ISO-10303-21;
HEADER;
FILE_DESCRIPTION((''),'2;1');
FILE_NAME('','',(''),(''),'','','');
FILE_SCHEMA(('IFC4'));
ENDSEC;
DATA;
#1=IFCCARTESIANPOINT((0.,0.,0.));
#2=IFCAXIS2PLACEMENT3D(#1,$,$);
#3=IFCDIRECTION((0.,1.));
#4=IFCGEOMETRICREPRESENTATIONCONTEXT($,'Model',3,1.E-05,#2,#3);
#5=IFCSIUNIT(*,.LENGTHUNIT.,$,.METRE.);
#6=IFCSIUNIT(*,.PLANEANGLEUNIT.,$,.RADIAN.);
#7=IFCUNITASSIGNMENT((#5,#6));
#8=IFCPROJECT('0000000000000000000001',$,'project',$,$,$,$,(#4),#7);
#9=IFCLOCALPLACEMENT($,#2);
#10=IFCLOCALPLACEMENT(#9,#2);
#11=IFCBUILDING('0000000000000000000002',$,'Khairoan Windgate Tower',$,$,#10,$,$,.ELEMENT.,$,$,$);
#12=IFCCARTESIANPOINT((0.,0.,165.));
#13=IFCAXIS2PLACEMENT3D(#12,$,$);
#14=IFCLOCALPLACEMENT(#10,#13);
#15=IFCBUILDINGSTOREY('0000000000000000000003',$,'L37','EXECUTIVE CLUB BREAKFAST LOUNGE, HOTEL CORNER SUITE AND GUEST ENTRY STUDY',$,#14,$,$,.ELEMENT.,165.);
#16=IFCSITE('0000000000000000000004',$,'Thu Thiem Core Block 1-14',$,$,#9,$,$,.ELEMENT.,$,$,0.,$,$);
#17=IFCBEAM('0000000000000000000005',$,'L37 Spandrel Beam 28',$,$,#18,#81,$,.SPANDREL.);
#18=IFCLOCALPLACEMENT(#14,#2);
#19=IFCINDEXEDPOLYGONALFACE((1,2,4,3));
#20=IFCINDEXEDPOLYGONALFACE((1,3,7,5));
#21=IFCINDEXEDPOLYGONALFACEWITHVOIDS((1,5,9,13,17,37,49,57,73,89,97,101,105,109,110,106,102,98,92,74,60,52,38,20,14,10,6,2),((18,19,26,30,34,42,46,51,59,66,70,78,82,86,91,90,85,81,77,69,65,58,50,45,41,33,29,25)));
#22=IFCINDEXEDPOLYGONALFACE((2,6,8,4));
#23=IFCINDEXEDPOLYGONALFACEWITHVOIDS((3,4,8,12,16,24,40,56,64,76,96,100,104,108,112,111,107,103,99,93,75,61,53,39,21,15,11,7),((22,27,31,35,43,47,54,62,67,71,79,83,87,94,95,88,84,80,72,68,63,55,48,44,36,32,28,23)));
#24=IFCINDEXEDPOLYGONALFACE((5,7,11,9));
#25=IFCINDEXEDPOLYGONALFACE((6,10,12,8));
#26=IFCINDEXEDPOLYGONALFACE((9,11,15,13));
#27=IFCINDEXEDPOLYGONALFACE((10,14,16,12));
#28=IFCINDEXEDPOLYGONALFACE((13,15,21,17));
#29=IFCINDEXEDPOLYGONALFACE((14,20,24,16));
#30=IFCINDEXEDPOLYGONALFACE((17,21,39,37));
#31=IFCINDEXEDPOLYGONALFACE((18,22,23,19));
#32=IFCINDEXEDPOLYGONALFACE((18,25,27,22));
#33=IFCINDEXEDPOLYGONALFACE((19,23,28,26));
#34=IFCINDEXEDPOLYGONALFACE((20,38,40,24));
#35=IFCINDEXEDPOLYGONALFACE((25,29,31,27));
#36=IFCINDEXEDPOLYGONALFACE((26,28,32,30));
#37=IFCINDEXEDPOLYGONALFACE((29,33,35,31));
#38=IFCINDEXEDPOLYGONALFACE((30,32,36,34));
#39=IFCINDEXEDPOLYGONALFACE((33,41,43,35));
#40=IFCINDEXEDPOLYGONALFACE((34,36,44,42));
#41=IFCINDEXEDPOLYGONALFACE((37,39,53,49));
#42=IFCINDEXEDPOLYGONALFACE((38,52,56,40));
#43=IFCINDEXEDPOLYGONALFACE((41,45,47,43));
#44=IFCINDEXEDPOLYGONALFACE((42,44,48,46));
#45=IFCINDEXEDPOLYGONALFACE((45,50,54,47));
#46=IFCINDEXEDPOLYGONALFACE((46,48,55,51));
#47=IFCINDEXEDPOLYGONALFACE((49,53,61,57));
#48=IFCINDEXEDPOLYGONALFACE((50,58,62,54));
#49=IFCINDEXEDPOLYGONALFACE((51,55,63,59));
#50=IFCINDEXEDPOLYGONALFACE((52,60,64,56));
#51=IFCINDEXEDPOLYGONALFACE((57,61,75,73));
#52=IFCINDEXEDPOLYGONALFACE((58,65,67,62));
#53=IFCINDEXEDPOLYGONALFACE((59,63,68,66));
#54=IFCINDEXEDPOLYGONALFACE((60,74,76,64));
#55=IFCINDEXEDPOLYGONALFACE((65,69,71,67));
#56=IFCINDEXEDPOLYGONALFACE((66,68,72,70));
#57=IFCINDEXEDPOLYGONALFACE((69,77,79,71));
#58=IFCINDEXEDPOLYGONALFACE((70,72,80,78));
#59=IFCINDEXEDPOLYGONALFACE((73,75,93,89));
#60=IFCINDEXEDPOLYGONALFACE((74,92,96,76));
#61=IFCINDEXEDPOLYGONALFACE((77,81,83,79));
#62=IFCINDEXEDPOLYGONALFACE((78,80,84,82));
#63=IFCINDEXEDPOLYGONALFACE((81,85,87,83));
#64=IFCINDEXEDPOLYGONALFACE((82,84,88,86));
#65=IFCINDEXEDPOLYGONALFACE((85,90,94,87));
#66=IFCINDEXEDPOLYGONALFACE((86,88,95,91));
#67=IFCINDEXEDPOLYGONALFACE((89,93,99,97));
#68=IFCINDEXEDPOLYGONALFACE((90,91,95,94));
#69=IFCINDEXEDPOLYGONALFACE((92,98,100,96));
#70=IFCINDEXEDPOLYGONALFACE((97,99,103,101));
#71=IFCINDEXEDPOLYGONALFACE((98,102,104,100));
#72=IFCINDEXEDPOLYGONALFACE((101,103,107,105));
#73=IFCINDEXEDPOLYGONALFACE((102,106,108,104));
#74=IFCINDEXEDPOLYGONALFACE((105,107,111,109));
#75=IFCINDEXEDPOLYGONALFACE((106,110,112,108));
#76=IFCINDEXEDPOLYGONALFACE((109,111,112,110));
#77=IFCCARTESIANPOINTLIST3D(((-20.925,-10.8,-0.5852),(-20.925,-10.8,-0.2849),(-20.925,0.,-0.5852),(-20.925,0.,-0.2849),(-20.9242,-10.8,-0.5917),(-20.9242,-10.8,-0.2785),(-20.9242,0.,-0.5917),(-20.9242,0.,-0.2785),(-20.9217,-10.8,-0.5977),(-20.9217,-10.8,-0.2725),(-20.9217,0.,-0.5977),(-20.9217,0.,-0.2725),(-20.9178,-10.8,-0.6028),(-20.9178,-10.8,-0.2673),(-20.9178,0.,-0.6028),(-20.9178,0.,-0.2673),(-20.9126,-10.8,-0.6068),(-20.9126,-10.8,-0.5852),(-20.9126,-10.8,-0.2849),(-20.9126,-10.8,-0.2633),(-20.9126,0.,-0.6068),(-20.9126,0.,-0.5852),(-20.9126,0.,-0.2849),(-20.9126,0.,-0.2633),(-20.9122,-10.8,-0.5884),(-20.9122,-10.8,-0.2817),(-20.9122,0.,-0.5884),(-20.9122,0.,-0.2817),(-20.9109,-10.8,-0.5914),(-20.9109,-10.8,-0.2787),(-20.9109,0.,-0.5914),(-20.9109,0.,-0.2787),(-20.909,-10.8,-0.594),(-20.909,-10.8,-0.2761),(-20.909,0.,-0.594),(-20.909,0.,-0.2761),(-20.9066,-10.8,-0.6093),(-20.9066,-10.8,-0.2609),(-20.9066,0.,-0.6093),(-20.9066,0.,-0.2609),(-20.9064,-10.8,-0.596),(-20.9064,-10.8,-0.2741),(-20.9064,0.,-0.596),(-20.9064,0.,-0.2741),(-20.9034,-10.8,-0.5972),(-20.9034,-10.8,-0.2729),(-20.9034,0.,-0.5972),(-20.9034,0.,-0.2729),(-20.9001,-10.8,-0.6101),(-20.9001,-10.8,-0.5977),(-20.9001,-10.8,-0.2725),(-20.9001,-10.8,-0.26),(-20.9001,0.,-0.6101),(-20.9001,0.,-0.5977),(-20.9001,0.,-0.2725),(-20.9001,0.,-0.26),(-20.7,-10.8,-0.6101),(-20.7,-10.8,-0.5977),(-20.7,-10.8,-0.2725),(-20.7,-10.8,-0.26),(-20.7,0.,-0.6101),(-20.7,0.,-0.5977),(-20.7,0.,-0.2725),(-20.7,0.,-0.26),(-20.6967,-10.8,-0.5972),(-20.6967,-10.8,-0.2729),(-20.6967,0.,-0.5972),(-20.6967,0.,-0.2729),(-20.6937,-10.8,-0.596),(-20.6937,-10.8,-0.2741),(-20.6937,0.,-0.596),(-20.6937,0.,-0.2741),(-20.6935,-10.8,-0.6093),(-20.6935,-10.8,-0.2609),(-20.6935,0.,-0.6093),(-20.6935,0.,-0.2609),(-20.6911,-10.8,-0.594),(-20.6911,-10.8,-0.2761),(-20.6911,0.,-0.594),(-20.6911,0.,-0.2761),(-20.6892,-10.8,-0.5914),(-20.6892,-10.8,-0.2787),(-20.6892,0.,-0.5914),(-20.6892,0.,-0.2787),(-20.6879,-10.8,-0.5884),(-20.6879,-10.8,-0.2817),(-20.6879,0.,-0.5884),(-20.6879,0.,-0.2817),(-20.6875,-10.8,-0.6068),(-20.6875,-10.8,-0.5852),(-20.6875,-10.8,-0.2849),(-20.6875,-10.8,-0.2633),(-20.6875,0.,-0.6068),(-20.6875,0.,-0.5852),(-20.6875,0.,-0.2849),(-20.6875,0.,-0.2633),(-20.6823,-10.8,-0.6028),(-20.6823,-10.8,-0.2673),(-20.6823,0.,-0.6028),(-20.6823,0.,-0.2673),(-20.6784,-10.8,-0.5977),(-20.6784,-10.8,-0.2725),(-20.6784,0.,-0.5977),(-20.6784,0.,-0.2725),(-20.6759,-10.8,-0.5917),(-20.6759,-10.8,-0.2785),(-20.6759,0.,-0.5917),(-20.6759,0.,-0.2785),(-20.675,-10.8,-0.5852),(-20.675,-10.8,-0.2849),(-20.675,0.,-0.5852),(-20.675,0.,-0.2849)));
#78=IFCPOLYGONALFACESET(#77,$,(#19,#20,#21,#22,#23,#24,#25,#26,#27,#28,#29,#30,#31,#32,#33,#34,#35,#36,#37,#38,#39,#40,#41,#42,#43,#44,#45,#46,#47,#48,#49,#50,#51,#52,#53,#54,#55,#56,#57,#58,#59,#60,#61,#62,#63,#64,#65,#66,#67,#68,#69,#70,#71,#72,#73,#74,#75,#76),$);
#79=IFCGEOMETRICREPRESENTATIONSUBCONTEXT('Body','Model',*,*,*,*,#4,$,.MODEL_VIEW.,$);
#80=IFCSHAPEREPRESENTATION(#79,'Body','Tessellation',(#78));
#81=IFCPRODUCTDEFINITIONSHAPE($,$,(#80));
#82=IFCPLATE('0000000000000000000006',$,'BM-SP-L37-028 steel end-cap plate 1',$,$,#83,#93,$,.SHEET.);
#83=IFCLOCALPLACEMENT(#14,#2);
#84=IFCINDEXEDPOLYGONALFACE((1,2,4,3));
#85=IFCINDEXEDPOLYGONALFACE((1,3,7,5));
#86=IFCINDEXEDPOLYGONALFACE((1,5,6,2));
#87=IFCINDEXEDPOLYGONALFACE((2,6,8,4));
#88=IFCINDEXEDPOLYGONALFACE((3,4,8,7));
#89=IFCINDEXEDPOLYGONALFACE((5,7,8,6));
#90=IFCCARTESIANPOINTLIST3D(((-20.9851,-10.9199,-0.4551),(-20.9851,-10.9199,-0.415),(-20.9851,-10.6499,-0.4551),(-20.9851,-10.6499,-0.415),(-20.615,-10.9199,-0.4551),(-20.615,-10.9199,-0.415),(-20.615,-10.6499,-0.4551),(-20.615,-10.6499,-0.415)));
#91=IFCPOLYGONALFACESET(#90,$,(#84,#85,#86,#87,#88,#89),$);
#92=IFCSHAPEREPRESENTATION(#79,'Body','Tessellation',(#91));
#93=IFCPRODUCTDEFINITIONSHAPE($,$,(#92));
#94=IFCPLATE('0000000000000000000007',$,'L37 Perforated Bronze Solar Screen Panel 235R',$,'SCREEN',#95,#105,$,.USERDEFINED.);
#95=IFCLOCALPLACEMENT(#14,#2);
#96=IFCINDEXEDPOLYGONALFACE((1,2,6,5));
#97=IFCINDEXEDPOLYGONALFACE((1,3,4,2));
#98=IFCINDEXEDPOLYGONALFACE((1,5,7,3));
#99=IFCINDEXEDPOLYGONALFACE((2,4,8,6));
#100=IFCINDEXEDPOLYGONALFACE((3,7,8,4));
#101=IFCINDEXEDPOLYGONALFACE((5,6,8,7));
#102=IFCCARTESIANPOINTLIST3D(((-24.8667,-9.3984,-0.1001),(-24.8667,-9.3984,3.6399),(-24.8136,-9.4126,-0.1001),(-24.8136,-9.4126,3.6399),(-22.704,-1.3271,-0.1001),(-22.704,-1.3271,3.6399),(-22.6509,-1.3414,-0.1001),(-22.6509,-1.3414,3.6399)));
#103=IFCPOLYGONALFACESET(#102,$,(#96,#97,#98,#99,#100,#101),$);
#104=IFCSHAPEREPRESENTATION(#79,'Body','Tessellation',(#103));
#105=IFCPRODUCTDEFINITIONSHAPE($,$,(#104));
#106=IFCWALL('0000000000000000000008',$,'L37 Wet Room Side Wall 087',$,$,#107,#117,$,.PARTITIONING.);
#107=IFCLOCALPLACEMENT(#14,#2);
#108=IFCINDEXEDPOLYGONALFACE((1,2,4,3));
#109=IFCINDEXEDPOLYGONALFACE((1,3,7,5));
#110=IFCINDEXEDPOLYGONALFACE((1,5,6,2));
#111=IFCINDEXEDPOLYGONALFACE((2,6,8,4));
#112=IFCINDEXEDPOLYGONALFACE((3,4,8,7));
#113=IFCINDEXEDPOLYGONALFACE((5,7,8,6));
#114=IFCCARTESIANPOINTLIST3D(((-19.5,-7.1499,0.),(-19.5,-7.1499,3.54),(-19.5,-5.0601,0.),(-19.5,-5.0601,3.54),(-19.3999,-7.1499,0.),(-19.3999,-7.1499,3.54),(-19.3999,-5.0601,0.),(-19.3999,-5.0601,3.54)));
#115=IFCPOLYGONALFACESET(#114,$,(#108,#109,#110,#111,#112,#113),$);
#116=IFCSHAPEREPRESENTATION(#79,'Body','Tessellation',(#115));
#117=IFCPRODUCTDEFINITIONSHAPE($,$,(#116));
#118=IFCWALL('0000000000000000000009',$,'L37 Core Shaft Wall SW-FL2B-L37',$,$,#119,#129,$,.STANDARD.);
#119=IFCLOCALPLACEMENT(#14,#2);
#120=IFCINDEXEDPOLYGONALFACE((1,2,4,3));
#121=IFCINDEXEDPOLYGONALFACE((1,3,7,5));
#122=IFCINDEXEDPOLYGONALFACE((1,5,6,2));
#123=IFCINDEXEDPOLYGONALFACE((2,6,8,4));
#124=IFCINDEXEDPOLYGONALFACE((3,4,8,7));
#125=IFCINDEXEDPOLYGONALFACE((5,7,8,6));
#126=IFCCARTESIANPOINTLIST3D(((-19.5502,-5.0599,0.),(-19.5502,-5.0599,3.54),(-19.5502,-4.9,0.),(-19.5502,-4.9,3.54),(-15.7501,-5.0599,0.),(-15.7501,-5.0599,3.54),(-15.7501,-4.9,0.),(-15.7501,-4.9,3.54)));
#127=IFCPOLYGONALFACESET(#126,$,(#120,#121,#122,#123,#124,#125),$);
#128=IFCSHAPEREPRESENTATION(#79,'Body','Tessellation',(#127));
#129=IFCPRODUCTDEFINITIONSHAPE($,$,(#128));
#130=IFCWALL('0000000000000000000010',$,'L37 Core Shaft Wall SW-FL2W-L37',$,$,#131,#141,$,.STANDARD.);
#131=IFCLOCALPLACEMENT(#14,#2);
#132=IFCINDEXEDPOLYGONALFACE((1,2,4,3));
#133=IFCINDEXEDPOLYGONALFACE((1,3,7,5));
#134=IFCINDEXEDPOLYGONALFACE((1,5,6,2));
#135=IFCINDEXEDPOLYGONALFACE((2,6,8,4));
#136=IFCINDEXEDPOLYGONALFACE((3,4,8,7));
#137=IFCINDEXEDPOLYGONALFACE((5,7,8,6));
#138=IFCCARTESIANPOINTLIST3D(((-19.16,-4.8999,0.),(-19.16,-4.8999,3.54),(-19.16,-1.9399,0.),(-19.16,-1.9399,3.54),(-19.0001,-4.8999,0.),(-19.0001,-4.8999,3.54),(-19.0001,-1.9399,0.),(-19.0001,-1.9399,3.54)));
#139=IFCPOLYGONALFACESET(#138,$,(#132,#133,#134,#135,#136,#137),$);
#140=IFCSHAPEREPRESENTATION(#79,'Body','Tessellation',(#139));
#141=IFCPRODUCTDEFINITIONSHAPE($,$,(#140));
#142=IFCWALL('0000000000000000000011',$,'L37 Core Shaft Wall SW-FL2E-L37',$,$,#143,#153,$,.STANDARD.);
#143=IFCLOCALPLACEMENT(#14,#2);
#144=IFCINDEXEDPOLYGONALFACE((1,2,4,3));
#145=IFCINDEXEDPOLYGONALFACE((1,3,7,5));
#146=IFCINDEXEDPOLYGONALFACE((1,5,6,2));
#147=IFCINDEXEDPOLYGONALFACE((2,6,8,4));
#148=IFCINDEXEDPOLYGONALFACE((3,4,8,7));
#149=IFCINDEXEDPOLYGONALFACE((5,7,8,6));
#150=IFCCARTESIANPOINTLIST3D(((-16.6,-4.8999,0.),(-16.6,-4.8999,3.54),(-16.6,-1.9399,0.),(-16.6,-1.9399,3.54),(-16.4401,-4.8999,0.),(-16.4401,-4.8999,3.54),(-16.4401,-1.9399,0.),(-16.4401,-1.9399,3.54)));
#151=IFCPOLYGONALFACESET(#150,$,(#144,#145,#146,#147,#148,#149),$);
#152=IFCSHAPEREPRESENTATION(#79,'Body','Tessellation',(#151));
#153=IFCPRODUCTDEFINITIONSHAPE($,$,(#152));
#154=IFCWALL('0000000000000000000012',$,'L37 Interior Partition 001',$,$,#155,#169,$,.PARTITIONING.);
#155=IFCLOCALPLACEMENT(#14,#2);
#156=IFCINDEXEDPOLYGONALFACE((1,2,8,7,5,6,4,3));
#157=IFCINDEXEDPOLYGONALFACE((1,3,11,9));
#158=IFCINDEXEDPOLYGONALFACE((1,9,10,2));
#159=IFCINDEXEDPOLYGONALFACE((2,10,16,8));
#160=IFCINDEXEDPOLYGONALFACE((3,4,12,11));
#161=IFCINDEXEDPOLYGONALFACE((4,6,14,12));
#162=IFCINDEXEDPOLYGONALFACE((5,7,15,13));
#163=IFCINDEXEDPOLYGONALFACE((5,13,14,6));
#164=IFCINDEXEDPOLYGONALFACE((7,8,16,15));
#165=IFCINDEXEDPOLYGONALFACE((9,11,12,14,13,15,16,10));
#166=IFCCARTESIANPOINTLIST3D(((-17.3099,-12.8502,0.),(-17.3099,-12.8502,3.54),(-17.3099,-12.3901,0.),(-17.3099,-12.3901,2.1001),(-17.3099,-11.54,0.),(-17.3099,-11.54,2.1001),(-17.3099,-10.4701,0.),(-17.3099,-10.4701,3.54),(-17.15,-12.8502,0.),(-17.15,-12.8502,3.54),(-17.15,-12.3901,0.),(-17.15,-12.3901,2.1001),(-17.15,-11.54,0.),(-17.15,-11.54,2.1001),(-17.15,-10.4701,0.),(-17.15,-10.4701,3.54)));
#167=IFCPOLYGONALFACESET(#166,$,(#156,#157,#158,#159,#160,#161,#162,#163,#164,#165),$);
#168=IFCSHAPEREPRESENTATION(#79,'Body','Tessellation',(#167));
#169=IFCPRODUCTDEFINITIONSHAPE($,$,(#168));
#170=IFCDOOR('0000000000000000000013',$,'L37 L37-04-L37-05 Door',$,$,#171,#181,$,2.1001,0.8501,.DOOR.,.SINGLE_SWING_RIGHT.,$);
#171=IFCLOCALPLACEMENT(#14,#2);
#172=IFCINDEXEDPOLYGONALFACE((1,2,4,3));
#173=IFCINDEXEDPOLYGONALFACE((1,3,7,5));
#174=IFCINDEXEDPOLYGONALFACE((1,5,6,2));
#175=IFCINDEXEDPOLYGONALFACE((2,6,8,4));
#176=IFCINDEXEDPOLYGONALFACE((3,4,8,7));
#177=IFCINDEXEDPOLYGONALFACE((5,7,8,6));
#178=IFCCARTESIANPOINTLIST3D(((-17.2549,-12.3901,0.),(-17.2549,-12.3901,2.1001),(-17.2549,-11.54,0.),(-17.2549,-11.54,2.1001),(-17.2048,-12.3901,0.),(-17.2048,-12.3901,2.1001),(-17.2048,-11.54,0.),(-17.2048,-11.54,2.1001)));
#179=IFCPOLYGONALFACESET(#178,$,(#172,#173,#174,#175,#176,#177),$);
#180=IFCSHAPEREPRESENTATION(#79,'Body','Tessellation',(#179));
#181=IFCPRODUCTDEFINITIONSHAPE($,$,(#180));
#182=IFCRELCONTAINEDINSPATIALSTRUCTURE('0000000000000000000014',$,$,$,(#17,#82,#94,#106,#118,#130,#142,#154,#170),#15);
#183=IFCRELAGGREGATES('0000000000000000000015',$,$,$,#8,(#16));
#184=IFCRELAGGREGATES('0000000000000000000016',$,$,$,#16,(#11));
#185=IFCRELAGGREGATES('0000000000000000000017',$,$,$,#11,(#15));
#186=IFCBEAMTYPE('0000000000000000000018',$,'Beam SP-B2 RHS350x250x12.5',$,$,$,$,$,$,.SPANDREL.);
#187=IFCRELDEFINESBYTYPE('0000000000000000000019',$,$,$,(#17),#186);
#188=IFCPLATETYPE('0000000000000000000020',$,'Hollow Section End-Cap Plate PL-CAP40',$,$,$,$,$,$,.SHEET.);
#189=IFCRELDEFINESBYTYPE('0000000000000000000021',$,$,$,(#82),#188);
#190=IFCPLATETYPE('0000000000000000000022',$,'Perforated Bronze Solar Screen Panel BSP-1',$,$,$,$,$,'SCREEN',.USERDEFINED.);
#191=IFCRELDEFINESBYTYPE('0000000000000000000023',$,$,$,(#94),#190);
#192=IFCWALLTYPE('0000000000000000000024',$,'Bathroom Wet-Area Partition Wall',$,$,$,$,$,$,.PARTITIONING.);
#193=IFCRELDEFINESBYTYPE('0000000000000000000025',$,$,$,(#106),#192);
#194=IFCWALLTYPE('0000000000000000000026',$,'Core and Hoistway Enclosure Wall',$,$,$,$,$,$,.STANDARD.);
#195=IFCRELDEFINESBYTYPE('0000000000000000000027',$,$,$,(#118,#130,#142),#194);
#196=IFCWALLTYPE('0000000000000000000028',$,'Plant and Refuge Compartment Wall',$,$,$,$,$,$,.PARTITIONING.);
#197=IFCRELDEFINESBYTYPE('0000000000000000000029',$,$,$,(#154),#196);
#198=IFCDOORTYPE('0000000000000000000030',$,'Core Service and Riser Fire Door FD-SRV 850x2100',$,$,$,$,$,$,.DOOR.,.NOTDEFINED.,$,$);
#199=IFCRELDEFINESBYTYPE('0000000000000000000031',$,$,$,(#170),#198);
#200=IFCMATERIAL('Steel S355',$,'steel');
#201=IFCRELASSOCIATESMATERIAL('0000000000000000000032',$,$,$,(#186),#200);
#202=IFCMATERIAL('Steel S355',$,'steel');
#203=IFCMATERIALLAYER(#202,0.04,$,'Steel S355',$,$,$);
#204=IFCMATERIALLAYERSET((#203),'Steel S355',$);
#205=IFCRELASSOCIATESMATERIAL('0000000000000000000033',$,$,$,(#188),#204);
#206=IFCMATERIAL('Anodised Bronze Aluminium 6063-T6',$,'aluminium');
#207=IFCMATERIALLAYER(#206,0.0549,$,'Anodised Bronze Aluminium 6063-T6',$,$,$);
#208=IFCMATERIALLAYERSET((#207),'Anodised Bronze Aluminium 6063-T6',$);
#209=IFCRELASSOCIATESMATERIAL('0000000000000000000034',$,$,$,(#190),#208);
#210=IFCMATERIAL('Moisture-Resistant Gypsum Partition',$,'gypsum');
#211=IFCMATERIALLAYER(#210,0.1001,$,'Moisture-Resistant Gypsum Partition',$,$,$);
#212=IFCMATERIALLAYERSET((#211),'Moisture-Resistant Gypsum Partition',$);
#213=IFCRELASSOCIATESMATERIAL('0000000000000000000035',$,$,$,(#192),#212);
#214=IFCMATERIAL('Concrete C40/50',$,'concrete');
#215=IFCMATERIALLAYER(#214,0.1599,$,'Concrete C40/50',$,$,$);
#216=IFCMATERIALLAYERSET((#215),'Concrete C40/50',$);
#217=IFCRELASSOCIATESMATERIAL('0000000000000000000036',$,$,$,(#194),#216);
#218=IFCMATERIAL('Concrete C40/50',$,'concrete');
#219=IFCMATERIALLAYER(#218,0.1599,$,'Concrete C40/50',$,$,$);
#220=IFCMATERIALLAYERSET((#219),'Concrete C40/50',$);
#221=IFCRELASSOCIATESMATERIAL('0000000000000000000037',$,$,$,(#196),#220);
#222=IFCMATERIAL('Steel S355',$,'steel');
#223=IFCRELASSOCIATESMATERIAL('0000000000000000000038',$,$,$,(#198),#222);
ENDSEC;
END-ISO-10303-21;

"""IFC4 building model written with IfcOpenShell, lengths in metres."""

from ifc_helpers import new_model, si_unit, direction, frame, frame_2d, origin, origin_2d, place, context, subcontext, project, spatial, rectangle, hollow_rectangle, extrude, material, layer, layer_set, material_profile, profile_set, type_object, element, fill, save


model = new_model("IFC4")

# Units and contexts
model_context = context("Model", 3, precision=1e-05, world=origin(), true_north=direction((0.0, 1.0)))
body_context = subcontext(model_context, "Body", "Model", "MODEL_VIEW")
ifc_project = project(units=[si_unit("LENGTHUNIT", "METRE"), si_unit("PLANEANGLEUNIT", "RADIAN")], contexts=[model_context])

# Site, building, storey
site_placement = place(None, origin())
site = spatial("IfcSite", under=ifc_project, at=site_placement, Name="Thu Thiem Core Block 1-14", CompositionType="ELEMENT", RefElevation=0.0)
building_placement = place(site_placement, origin())
building = spatial("IfcBuilding", under=site, at=building_placement, Name="Khairoan Windgate Tower", CompositionType="ELEMENT")
storey_placement = place(building_placement, frame((0.0, 0.0, 165.0)))
storey = spatial("IfcBuildingStorey", under=building, at=storey_placement, Name="L37", Description="EXECUTIVE CLUB BREAKFAST LOUNGE, HOTEL CORNER SUITE AND GUEST ENTRY STUDY", CompositionType="ELEMENT", Elevation=165.0)

# Beam
ifc_material_1 = material(Name="Steel S355", Category="steel")
ifc_material_profile_1 = material_profile(ifc_material_1, hollow_rectangle(XDim=0.25, YDim=0.3501, WallThickness=0.0125, InnerFilletRadius=0.0125, OuterFilletRadius=0.0249, at=origin_2d()))
ifc_profile_set_1 = profile_set([ifc_material_profile_1], Name="Steel S355")
beam_type_1 = type_object("IfcBeamType", Name="Beam SP-B2 RHS350x250x12.5", PredefinedType="SPANDREL", material=ifc_profile_set_1)
beam_1_placement = place(storey_placement, frame((-20.8, -10.8, -0.4351), z_axis=(0.0, 1.0, 0.0), x_axis=(-1.0, 0.0, 0.0)))
element("IfcBeam", 1, at=beam_1_placement, inside=storey, type_object=beam_type_1, Name="L37 Spandrel Beam 28", PredefinedType="SPANDREL", context=body_context, shape_type="SweptSolid", body=[
    extrude(hollow_rectangle(XDim=0.25, YDim=0.3501, WallThickness=0.0125, InnerFilletRadius=0.0125, OuterFilletRadius=0.0249, at=origin_2d()), origin(), (0.0, 0.0, 1.0), 10.8),
])

# Plates
ifc_material_2 = material(Name="Steel S355", Category="steel")
ifc_layer_1 = layer(ifc_material_2, 0.04, Name="Steel S355")
ifc_layer_set_1 = layer_set([ifc_layer_1], Name="Steel S355")
plate_type_1 = type_object("IfcPlateType", Name="Hollow Section End-Cap Plate PL-CAP40", PredefinedType="SHEET", material=ifc_layer_set_1)
plate_1_placement = place(storey_placement, frame((-20.8, -10.7849, -0.4551), z_axis=(0.0, 0.0, 1.0), x_axis=(0.0, 1.0, 0.0)))
element("IfcPlate", 2, at=plate_1_placement, inside=storey, type_object=plate_type_1, Name="BM-SP-L37-028 steel end-cap plate 1", PredefinedType="SHEET", context=body_context, shape_type="SweptSolid", body=[
    extrude(rectangle(XDim=0.27, YDim=0.3701, at=origin_2d()), origin(), (0.0, 0.0, 1.0), 0.04),
])
ifc_material_3 = material(Name="Anodised Bronze Aluminium 6063-T6", Category="aluminium")
ifc_layer_2 = layer(ifc_material_3, 0.0549, Name="Anodised Bronze Aluminium 6063-T6")
ifc_layer_set_2 = layer_set([ifc_layer_2], Name="Anodised Bronze Aluminium 6063-T6")
plate_type_2 = type_object("IfcPlateType", Name="Perforated Bronze Solar Screen Panel BSP-1", ElementType="SCREEN", PredefinedType="USERDEFINED", material=ifc_layer_set_2)
plate_2_placement = place(storey_placement, frame((-23.7588, -5.3699, -0.1001), z_axis=(0.0, 0.0, 1.0), x_axis=(0.258819, 0.965926, 0.0)))
element("IfcPlate", 3, at=plate_2_placement, inside=storey, type_object=plate_type_2, Name="L37 Perforated Bronze Solar Screen Panel 235R", ObjectType="SCREEN", PredefinedType="USERDEFINED", context=body_context, shape_type="SweptSolid", body=[
    extrude(rectangle(XDim=8.356, YDim=0.0549, at=origin_2d()), origin(), (0.0, 0.0, 1.0), 3.74),
])

# Walls
ifc_material_4 = material(Name="Moisture-Resistant Gypsum Partition", Category="gypsum")
ifc_layer_3 = layer(ifc_material_4, 0.1001, Name="Moisture-Resistant Gypsum Partition")
ifc_layer_set_3 = layer_set([ifc_layer_3], Name="Moisture-Resistant Gypsum Partition")
wall_type_1 = type_object("IfcWallType", Name="Bathroom Wet-Area Partition Wall", PredefinedType="PARTITIONING", material=ifc_layer_set_3)
wall_1_placement = place(storey_placement, frame((-19.45, -7.1499, 0.0), z_axis=(0.0, 0.0, 1.0), x_axis=(0.0, 1.0, 0.0)))
element("IfcWall", 4, at=wall_1_placement, inside=storey, type_object=wall_type_1, Name="L37 Wet Room Side Wall 087", PredefinedType="PARTITIONING", context=body_context, shape_type="SweptSolid", body=[
    extrude(rectangle(XDim=2.0898, YDim=0.1001, at=frame_2d((1.0449, 0.0))), origin(), (0.0, 0.0, 1.0), 3.54),
])
ifc_material_5 = material(Name="Concrete C40/50", Category="concrete")
ifc_layer_4 = layer(ifc_material_5, 0.1599, Name="Concrete C40/50")
ifc_layer_set_4 = layer_set([ifc_layer_4], Name="Concrete C40/50")
wall_type_2 = type_object("IfcWallType", Name="Core and Hoistway Enclosure Wall", PredefinedType="STANDARD", material=ifc_layer_set_4)
wall_2_placement = place(storey_placement, frame((-19.55, -4.98, 0.0), z_axis=(0.0, 0.0, 1.0), x_axis=(1.0, 0.0, 0.0)))
element("IfcWall", 5, at=wall_2_placement, inside=storey, type_object=wall_type_2, Name="L37 Core Shaft Wall SW-FL2B-L37", PredefinedType="STANDARD", context=body_context, shape_type="SweptSolid", body=[
    extrude(rectangle(XDim=3.8, YDim=0.1599, at=frame_2d((1.8999, 0.0))), origin(), (0.0, 0.0, 1.0), 3.54),
])
for number, where, z_axis, x_axis, name in (
    (6, (-19.0801, -4.8999, 0.0), (0.0, 0.0, 1.0), (0.0, 1.0, 0.0), "L37 Core Shaft Wall SW-FL2W-L37"),
    (7, (-16.52, -4.8999, 0.0), (0.0, 0.0, 1.0), (0.0, 1.0, 0.0), "L37 Core Shaft Wall SW-FL2E-L37"),
):
    element("IfcWall", number, at=place(storey_placement, frame(where, z_axis=z_axis, x_axis=x_axis)), inside=storey, type_object=wall_type_2, Name=name, PredefinedType="STANDARD", context=body_context, shape_type="SweptSolid", body=[
        extrude(rectangle(XDim=2.96, YDim=0.1599, at=frame_2d((1.48, 0.0))), origin(), (0.0, 0.0, 1.0), 3.54),
    ])

# Wall, opening, door
ifc_material_6 = material(Name="Concrete C40/50", Category="concrete")
ifc_layer_5 = layer(ifc_material_6, 0.1599, Name="Concrete C40/50")
ifc_layer_set_5 = layer_set([ifc_layer_5], Name="Concrete C40/50")
wall_type_3 = type_object("IfcWallType", Name="Plant and Refuge Compartment Wall", PredefinedType="PARTITIONING", material=ifc_layer_set_5)
wall_3_placement = place(storey_placement, frame((-17.23, -12.8501, 0.0), z_axis=(0.0, 0.0, 1.0), x_axis=(0.0, 1.0, 0.0)))
wall_3 = element("IfcWall", 8, at=wall_3_placement, inside=storey, type_object=wall_type_3, Name="L37 Interior Partition 001", PredefinedType="PARTITIONING", context=body_context, shape_type="SweptSolid", body=[
    extrude(rectangle(XDim=2.3801, YDim=0.1599, at=frame_2d((1.1899, 0.0))), origin(), (0.0, 0.0, 1.0), 3.54),
])
opening_1_placement = place(wall_3_placement, frame((0.46, 0.0, 0.0)))
opening_1 = element("IfcOpeningElement", 9, at=opening_1_placement, cuts=wall_3, PredefinedType="OPENING", context=body_context, shape_type="SweptSolid", body=[
    extrude(rectangle(XDim=0.8501, YDim=2.1001, at=frame_2d((0.425, 1.05))), frame((0.0, 0.0898, 0.0), z_axis=(0.0, -1.0, 0.0), x_axis=(1.0, 0.0, 0.0)), (0.0, 0.0, 1.0), 0.1799),
])
ifc_material_7 = material(Name="Steel S355", Category="steel")
door_type = type_object("IfcDoorType", Name="Core Service and Riser Fire Door FD-SRV 850x2100", OperationType="NOTDEFINED", PredefinedType="DOOR", material=ifc_material_7)
door_1_placement = place(opening_1_placement, origin())
door_1 = element("IfcDoor", 10, at=door_1_placement, inside=storey, type_object=door_type, Name="L37 L37-04-L37-05 Door", OperationType="SINGLE_SWING_RIGHT", OverallHeight=2.1001, OverallWidth=0.8501, PredefinedType="DOOR", context=body_context, shape_type="SweptSolid", body=[
    extrude(rectangle(XDim=0.8501, YDim=2.1001, at=frame_2d((0.425, 1.05))), frame((0.0, 0.0249, 0.0), z_axis=(0.0, -1.0, 0.0), x_axis=(1.0, 0.0, 0.0)), (0.0, 0.0, 1.0), 0.05),
])
fill(opening_1, door_1)

save(model, "model.ifc")
